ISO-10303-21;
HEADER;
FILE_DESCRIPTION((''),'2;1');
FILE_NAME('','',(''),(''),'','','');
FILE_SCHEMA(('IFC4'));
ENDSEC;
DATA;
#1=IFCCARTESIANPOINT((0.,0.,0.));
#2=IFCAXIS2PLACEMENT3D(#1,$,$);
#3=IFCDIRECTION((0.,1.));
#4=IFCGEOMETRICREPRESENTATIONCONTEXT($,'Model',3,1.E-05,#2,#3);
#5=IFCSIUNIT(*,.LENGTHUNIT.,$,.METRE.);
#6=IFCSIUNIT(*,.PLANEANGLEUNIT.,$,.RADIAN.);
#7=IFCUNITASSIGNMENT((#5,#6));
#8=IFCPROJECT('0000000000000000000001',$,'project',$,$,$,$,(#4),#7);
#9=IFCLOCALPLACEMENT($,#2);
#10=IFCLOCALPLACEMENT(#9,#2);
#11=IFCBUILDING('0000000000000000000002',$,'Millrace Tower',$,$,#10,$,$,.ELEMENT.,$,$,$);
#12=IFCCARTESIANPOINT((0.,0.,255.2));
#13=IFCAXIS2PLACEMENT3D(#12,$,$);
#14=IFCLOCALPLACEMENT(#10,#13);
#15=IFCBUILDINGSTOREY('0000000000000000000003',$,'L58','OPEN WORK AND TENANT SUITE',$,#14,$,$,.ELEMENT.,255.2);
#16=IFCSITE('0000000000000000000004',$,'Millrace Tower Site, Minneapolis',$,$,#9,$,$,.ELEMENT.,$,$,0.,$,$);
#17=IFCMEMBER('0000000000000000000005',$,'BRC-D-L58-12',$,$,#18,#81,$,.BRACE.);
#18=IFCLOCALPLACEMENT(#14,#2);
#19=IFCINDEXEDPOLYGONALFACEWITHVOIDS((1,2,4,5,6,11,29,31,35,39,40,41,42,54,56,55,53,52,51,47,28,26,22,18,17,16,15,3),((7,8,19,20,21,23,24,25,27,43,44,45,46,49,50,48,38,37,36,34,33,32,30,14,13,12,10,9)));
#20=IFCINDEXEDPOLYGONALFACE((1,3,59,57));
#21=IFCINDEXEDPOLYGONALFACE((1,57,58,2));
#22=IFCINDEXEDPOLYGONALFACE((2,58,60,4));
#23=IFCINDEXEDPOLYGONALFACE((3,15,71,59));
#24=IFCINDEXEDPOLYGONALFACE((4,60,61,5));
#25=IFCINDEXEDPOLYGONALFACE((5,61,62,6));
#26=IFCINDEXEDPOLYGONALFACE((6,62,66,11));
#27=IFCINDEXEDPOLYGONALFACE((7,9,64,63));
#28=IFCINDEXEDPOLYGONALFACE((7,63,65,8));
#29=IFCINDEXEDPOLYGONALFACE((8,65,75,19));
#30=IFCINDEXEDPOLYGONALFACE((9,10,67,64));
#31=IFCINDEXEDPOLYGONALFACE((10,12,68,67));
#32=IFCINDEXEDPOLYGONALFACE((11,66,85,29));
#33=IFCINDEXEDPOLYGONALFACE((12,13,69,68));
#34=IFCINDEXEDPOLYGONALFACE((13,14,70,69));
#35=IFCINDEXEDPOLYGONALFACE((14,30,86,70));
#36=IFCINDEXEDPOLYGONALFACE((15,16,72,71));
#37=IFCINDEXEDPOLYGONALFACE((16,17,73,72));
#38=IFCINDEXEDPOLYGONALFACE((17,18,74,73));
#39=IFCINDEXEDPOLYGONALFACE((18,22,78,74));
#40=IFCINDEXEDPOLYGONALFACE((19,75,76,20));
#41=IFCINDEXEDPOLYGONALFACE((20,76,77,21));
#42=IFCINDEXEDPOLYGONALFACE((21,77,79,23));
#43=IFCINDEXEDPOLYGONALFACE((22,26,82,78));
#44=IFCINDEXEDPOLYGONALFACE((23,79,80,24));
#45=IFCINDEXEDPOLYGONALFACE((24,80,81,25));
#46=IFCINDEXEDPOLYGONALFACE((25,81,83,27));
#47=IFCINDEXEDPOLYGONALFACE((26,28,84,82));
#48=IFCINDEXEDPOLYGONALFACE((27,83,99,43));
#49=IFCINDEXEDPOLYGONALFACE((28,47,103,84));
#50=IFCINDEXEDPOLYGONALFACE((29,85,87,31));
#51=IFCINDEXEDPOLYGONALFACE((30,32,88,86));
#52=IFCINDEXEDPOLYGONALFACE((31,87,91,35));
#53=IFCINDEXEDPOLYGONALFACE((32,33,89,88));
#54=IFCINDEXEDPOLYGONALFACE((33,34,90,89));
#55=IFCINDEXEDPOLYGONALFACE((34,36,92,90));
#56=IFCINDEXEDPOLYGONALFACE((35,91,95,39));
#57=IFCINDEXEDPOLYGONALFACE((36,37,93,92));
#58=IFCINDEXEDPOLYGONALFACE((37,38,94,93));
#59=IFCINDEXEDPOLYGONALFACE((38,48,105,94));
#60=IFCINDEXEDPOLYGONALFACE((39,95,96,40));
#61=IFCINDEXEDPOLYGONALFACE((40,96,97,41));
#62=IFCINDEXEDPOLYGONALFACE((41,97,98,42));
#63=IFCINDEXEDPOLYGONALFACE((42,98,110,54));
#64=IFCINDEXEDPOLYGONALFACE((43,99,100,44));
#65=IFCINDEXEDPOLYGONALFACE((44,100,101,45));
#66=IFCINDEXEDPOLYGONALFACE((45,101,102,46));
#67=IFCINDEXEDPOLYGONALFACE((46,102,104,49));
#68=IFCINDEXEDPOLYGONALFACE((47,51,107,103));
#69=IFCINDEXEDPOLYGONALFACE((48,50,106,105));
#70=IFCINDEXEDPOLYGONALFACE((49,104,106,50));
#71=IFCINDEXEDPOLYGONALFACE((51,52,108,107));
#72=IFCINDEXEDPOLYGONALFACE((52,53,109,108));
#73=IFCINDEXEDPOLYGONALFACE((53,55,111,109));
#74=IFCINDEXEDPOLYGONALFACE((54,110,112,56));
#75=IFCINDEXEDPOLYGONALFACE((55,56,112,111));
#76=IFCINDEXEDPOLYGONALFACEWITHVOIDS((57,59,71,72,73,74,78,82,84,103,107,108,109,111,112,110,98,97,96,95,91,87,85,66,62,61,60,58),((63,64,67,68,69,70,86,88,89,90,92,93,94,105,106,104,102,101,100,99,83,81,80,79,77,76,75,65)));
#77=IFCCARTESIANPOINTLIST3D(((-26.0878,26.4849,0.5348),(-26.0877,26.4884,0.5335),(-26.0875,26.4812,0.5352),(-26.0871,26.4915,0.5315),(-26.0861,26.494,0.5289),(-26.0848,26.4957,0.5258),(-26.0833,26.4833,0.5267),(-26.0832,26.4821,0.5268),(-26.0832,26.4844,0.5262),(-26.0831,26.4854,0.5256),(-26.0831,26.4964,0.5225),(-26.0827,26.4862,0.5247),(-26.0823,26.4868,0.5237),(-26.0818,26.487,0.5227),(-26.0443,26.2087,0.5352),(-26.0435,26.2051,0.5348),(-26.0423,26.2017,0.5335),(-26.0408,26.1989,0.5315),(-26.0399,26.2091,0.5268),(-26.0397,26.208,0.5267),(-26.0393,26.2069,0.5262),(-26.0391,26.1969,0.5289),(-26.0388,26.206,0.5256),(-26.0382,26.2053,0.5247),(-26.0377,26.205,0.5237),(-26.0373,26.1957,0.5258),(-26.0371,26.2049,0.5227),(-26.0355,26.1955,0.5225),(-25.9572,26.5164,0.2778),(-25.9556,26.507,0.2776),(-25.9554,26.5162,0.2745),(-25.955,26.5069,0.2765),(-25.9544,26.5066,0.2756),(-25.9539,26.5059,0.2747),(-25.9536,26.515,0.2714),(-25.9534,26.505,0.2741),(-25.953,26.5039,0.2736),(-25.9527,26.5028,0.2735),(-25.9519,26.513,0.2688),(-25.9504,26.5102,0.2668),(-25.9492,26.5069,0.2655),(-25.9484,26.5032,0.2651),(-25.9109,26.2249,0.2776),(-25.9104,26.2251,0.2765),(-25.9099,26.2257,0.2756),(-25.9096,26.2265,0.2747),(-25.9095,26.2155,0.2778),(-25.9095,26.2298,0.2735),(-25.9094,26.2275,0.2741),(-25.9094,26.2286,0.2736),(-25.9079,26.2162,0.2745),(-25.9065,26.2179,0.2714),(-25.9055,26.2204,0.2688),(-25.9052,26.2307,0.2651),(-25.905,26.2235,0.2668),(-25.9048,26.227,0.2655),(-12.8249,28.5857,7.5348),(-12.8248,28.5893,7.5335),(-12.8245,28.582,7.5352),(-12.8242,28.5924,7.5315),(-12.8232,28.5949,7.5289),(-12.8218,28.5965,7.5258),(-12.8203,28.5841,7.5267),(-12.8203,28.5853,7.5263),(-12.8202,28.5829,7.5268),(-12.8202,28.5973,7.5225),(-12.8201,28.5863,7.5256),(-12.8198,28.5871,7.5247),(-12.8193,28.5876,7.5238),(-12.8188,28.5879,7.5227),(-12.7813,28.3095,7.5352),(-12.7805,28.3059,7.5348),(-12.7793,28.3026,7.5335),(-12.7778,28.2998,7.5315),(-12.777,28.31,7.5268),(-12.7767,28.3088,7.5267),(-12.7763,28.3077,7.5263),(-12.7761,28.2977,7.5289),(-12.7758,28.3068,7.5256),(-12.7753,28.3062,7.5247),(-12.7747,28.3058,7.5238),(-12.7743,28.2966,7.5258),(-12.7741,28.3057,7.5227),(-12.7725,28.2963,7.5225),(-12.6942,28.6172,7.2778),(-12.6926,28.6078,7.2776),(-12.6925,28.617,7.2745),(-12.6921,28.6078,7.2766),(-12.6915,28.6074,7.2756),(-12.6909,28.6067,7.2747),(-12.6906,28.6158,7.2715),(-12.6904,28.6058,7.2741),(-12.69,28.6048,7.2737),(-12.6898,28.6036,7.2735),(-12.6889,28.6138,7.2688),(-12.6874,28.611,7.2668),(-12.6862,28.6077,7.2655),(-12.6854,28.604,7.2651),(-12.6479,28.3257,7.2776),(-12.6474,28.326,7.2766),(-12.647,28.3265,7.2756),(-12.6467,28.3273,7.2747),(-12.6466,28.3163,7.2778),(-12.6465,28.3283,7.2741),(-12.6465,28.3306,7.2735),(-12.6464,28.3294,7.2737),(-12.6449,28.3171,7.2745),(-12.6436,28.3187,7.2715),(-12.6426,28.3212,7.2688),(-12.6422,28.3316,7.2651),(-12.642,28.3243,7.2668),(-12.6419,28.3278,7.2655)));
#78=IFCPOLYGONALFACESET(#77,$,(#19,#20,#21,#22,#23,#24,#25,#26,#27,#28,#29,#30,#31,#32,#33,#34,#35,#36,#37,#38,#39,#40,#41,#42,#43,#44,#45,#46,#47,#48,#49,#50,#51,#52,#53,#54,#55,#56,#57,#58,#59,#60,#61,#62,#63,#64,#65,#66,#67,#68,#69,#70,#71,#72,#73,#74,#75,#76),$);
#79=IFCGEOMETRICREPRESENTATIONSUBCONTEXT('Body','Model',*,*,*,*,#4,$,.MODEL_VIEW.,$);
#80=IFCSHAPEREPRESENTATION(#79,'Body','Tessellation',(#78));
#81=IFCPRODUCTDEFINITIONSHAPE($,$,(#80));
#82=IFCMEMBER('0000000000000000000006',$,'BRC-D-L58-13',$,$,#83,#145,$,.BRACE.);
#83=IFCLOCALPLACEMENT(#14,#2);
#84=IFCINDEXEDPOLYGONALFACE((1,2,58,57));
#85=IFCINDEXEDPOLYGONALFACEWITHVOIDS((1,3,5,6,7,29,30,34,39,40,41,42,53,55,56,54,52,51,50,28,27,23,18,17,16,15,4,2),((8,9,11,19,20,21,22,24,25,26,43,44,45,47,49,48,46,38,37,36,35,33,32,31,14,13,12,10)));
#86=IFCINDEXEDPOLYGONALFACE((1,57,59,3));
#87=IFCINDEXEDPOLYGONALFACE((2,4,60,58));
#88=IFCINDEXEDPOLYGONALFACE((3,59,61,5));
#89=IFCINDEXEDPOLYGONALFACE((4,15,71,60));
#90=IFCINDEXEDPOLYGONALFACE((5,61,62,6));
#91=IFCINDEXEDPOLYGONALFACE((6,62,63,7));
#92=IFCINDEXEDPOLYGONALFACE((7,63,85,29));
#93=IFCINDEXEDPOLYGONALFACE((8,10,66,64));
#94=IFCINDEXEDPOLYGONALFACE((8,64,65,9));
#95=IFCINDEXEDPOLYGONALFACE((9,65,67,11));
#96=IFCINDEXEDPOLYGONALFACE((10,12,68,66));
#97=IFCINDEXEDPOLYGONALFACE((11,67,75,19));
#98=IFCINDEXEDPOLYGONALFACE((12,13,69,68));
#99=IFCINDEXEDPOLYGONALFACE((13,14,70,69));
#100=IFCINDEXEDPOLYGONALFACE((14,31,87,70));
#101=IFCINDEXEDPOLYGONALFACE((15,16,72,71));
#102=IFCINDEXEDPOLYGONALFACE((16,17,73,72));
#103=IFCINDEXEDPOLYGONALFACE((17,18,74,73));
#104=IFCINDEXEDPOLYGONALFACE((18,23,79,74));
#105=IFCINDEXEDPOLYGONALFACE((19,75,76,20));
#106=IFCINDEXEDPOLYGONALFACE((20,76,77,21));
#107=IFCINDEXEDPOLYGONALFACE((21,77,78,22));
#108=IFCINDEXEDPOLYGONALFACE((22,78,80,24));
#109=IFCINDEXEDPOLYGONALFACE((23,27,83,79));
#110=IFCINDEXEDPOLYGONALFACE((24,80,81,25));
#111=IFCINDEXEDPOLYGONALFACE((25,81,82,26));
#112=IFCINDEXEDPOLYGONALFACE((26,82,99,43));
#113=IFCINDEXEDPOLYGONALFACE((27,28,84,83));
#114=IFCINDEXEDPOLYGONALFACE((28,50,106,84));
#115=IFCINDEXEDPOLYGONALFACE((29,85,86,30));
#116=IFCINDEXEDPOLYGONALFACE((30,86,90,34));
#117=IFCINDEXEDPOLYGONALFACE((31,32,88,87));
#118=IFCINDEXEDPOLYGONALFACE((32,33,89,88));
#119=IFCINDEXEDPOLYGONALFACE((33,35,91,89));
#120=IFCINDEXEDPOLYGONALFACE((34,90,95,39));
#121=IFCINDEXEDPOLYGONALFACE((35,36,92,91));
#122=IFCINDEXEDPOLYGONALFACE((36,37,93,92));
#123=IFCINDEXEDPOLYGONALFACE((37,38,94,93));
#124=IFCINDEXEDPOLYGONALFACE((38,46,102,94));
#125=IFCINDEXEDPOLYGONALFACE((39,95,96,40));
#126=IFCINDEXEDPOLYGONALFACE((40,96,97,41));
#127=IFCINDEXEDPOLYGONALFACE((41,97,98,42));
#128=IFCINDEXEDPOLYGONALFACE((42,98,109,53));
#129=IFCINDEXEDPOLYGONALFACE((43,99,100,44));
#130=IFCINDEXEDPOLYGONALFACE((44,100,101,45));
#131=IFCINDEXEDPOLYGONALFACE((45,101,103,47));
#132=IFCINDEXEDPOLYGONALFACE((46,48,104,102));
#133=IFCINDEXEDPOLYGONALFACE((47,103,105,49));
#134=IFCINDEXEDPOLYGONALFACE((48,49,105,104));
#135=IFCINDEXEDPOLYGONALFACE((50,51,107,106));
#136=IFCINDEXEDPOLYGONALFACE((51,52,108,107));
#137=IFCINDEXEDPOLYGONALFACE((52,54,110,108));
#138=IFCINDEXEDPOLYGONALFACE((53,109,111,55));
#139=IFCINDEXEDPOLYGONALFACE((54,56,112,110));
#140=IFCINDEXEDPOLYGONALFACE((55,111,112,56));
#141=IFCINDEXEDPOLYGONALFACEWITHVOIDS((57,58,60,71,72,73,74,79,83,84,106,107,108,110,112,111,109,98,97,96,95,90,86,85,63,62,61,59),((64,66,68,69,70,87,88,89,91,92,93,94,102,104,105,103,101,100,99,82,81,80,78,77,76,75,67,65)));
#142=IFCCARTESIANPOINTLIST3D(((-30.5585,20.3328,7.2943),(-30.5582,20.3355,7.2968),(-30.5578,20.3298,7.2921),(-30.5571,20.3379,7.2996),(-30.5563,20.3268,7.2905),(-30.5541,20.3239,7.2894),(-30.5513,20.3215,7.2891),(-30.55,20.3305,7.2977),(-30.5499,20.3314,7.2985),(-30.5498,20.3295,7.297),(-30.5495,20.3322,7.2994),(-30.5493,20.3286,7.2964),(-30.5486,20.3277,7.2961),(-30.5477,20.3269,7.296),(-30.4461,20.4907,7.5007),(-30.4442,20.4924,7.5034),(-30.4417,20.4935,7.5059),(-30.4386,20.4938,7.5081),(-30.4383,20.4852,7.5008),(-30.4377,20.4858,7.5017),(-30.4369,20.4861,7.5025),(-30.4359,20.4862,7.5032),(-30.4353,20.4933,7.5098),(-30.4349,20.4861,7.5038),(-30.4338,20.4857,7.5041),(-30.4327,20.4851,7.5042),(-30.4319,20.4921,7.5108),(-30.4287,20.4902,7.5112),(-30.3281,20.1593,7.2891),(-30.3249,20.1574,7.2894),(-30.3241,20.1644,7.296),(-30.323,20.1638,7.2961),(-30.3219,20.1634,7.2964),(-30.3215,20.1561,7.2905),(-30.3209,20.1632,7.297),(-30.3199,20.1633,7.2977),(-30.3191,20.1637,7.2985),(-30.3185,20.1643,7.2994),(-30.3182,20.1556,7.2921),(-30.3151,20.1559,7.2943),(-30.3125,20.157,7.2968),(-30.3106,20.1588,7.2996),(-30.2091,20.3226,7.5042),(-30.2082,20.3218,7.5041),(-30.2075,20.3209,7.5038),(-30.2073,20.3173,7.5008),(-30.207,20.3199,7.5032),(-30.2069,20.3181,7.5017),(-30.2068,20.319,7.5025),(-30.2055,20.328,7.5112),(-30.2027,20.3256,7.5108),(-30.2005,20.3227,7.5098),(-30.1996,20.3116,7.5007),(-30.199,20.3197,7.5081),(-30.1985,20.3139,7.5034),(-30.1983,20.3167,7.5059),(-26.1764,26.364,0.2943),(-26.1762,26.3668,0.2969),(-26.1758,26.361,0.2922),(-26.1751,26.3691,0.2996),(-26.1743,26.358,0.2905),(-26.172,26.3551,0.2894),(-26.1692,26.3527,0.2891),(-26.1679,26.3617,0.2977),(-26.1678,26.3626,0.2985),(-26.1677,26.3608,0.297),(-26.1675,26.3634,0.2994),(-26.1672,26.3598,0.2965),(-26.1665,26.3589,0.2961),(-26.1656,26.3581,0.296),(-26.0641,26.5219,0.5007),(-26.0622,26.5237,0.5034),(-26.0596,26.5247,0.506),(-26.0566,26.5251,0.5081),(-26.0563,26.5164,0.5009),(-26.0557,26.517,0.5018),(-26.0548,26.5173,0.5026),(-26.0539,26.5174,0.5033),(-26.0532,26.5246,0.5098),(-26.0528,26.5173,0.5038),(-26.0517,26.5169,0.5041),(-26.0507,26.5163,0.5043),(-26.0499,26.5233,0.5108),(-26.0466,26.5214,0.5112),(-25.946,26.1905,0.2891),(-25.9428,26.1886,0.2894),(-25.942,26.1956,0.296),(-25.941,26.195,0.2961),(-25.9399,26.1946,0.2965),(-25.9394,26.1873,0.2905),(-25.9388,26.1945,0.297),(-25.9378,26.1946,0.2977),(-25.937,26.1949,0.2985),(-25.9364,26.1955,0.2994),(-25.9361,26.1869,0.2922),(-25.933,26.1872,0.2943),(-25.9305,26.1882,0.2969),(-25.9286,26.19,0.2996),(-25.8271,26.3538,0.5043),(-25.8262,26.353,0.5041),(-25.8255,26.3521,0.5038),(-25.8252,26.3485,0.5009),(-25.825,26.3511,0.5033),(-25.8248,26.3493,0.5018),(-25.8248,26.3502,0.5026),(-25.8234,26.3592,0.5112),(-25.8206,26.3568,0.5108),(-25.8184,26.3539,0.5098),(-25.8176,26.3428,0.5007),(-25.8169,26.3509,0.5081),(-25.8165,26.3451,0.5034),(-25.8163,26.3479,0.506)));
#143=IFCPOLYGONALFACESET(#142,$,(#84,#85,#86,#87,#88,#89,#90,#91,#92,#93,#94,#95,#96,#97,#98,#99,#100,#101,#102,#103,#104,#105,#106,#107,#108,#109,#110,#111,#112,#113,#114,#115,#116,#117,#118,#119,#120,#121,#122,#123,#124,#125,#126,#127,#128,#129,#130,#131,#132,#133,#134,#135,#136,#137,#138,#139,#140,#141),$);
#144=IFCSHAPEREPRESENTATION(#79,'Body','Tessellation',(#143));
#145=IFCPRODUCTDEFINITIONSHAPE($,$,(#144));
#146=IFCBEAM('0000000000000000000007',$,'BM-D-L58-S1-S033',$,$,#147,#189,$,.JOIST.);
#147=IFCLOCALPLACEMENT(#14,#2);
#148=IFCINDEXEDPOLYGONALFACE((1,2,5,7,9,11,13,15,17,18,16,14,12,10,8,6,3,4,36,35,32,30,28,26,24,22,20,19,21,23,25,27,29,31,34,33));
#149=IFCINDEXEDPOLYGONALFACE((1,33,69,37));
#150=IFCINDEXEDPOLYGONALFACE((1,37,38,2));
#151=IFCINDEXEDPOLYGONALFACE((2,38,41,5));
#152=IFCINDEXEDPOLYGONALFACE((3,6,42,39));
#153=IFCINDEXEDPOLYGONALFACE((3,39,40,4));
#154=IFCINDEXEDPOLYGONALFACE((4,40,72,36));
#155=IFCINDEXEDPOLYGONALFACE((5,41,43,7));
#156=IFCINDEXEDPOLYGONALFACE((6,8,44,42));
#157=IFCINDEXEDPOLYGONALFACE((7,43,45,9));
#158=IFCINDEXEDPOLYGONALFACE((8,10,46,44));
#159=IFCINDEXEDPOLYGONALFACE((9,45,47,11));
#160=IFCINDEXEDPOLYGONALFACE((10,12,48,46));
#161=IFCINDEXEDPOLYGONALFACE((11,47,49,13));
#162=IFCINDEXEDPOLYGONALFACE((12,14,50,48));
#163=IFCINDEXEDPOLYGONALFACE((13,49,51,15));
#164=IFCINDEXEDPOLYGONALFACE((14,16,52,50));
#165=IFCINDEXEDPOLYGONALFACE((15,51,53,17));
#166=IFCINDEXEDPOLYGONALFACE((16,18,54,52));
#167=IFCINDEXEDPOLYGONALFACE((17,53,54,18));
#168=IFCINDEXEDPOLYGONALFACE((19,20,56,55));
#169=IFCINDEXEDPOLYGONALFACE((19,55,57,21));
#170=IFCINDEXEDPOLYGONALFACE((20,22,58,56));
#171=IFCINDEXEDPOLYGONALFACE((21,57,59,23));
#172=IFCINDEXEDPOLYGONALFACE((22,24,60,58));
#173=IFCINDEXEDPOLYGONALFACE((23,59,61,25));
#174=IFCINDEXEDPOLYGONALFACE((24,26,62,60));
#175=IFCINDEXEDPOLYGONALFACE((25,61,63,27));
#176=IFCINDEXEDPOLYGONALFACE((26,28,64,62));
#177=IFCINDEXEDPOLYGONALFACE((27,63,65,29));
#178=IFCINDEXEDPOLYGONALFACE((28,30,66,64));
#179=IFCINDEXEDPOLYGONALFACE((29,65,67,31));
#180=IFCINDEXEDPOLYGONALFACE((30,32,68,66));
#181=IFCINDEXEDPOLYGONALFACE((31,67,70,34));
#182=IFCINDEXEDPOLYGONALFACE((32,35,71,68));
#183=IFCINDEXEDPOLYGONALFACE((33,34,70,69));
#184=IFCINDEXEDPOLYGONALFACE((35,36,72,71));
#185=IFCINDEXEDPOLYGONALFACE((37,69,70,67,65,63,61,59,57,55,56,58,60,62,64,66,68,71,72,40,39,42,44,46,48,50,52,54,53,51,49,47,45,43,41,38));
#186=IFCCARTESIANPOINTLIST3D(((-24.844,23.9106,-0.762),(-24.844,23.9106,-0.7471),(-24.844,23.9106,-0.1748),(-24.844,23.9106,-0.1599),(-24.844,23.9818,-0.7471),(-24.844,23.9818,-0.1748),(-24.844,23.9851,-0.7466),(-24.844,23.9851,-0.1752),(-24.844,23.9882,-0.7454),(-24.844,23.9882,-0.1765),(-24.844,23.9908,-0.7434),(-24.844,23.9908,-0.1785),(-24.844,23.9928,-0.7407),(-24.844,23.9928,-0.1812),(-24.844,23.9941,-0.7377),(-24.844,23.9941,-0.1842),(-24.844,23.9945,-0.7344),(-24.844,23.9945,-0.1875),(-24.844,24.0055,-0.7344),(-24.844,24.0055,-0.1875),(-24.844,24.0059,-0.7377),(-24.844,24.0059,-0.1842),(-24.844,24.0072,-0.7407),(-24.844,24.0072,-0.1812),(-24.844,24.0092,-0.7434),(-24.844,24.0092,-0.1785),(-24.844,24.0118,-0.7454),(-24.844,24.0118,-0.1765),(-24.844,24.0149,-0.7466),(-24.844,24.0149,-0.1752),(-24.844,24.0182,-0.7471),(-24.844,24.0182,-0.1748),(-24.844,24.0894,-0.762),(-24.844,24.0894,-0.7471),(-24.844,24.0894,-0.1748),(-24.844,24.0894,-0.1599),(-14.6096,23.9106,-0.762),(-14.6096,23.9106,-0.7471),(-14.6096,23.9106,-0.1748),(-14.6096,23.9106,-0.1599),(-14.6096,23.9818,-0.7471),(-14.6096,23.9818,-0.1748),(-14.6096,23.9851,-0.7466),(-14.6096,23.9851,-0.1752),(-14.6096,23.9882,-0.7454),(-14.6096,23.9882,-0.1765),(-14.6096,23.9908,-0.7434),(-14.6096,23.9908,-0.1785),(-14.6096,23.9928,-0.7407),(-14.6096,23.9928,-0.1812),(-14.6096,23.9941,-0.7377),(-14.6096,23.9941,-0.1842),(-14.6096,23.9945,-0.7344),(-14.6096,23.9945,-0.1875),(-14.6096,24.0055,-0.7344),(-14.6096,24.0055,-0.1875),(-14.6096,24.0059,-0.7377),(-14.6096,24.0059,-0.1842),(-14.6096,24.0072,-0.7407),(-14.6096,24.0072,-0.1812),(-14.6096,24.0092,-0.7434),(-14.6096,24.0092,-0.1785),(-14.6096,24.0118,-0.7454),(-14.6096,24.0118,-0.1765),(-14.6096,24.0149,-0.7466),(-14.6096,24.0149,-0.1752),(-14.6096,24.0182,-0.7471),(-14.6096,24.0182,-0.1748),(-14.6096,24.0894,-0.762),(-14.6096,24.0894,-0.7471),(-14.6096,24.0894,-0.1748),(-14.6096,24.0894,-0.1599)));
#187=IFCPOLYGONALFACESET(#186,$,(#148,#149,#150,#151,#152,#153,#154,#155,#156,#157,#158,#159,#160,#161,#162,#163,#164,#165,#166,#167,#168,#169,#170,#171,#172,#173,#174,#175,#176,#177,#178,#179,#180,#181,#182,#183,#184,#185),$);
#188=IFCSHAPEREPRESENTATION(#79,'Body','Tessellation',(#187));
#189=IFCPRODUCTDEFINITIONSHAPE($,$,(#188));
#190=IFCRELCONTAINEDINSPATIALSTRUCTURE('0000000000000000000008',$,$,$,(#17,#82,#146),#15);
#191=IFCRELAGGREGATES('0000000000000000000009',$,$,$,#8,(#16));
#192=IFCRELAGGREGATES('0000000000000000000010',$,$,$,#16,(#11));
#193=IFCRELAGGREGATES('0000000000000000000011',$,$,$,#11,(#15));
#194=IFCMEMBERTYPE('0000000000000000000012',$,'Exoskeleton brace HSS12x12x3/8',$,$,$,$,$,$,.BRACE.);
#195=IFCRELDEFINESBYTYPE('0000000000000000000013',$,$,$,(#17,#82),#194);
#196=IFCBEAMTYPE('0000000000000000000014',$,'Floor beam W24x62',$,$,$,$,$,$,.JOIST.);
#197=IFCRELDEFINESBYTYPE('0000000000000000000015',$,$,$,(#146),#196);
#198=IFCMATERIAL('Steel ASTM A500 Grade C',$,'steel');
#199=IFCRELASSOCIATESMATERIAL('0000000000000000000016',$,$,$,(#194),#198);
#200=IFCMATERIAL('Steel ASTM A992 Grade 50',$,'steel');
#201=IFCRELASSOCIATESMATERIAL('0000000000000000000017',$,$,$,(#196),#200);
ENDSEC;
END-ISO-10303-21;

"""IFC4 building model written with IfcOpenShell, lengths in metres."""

from ifc_helpers import new_model, si_unit, direction, frame, origin, origin_2d, place, context, subcontext, project, spatial, hollow_rectangle, i_section, extrude, material, material_profile, profile_set, type_object, element, save


model = new_model("IFC4")

# Units and contexts
model_context = context("Model", 3, precision=1e-05, world=origin(), true_north=direction((0.0, 1.0)))
body_context = subcontext(model_context, "Body", "Model", "MODEL_VIEW")
ifc_project = project(units=[si_unit("LENGTHUNIT", "METRE"), si_unit("PLANEANGLEUNIT", "RADIAN")], contexts=[model_context])

# Site, building, storey
site_placement = place(None, origin())
site = spatial("IfcSite", under=ifc_project, at=site_placement, Name="Millrace Tower Site, Minneapolis", CompositionType="ELEMENT", RefElevation=0.0)
building_placement = place(site_placement, origin())
building = spatial("IfcBuilding", under=site, at=building_placement, Name="Millrace Tower", CompositionType="ELEMENT")
storey_placement = place(building_placement, frame((0.0, 0.0, 255.2)))
storey = spatial("IfcBuildingStorey", under=building, at=storey_placement, Name="L58", Description="OPEN WORK AND TENANT SUITE", CompositionType="ELEMENT", Elevation=255.2)

# Members
ifc_material_1 = material(Name="Steel ASTM A500 Grade C", Category="steel")
ifc_material_profile_1 = material_profile(ifc_material_1, hollow_rectangle(XDim=0.3047, YDim=0.3047, WallThickness=0.0095, InnerFilletRadius=0.0046, OuterFilletRadius=0.0144, at=origin_2d()))
ifc_profile_set_1 = profile_set([ifc_material_profile_1], Name="Steel ASTM A500 Grade C")
member_type_1 = type_object("IfcMemberType", Name="Exoskeleton brace HSS12x12x3/8", PredefinedType="BRACE", material=ifc_profile_set_1)
member_1_placement = place(storey_placement, frame((-25.9963, 26.356, 0.4001), z_axis=(0.87583, 0.13873, 0.462251), x_axis=(-0.156448, 0.987686, 0.0)))
element("IfcMember", 1, at=member_1_placement, inside=storey, type_object=member_type_1, Name="BRC-D-L58-12", PredefinedType="BRACE", context=body_context, shape_type="SweptSolid", body=[
    extrude(hollow_rectangle(XDim=0.3047, YDim=0.3047, WallThickness=0.0095, InnerFilletRadius=0.0046, OuterFilletRadius=0.0144, at=origin_2d()), origin(), (0.0, 0.0, 1.0), 15.1433),
])
member_2_placement = place(storey_placement, frame((-25.9963, 26.356, 0.4001), z_axis=(-0.428508, -0.589774, 0.684505), x_axis=(0.809009, -0.587796, 0.0)))
element("IfcMember", 2, at=member_2_placement, inside=storey, type_object=member_type_1, Name="BRC-D-L58-13", PredefinedType="BRACE", context=body_context, shape_type="SweptSolid", body=[
    extrude(hollow_rectangle(XDim=0.3047, YDim=0.3047, WallThickness=0.0095, InnerFilletRadius=0.0046, OuterFilletRadius=0.0144, at=origin_2d()), origin(), (0.0, 0.0, 1.0), 10.2263),
])

# Beam
ifc_material_2 = material(Name="Steel ASTM A992 Grade 50", Category="steel")
ifc_material_profile_2 = material_profile(ifc_material_2, i_section(OverallWidth=0.1787, OverallDepth=0.6021, WebThickness=0.011, FlangeThickness=0.0149, FilletRadius=0.0127, at=origin_2d()))
ifc_profile_set_2 = profile_set([ifc_material_profile_2], Name="Steel ASTM A992 Grade 50")
beam_type_1 = type_object("IfcBeamType", Name="Floor beam W24x62", PredefinedType="JOIST", material=ifc_profile_set_2)
beam_1_placement = place(storey_placement, frame((-24.844, 24.0, -0.4609), z_axis=(1.0, 0.0, 0.0), x_axis=(0.0, 1.0, 0.0)))
element("IfcBeam", 3, at=beam_1_placement, inside=storey, type_object=beam_type_1, Name="BM-D-L58-S1-S033", PredefinedType="JOIST", context=body_context, shape_type="SweptSolid", body=[
    extrude(i_section(OverallWidth=0.1787, OverallDepth=0.6021, WebThickness=0.011, FlangeThickness=0.0149, FilletRadius=0.0127, at=origin_2d()), origin(), (0.0, 0.0, 1.0), 10.2344),
])

save(model, "model.ifc")
